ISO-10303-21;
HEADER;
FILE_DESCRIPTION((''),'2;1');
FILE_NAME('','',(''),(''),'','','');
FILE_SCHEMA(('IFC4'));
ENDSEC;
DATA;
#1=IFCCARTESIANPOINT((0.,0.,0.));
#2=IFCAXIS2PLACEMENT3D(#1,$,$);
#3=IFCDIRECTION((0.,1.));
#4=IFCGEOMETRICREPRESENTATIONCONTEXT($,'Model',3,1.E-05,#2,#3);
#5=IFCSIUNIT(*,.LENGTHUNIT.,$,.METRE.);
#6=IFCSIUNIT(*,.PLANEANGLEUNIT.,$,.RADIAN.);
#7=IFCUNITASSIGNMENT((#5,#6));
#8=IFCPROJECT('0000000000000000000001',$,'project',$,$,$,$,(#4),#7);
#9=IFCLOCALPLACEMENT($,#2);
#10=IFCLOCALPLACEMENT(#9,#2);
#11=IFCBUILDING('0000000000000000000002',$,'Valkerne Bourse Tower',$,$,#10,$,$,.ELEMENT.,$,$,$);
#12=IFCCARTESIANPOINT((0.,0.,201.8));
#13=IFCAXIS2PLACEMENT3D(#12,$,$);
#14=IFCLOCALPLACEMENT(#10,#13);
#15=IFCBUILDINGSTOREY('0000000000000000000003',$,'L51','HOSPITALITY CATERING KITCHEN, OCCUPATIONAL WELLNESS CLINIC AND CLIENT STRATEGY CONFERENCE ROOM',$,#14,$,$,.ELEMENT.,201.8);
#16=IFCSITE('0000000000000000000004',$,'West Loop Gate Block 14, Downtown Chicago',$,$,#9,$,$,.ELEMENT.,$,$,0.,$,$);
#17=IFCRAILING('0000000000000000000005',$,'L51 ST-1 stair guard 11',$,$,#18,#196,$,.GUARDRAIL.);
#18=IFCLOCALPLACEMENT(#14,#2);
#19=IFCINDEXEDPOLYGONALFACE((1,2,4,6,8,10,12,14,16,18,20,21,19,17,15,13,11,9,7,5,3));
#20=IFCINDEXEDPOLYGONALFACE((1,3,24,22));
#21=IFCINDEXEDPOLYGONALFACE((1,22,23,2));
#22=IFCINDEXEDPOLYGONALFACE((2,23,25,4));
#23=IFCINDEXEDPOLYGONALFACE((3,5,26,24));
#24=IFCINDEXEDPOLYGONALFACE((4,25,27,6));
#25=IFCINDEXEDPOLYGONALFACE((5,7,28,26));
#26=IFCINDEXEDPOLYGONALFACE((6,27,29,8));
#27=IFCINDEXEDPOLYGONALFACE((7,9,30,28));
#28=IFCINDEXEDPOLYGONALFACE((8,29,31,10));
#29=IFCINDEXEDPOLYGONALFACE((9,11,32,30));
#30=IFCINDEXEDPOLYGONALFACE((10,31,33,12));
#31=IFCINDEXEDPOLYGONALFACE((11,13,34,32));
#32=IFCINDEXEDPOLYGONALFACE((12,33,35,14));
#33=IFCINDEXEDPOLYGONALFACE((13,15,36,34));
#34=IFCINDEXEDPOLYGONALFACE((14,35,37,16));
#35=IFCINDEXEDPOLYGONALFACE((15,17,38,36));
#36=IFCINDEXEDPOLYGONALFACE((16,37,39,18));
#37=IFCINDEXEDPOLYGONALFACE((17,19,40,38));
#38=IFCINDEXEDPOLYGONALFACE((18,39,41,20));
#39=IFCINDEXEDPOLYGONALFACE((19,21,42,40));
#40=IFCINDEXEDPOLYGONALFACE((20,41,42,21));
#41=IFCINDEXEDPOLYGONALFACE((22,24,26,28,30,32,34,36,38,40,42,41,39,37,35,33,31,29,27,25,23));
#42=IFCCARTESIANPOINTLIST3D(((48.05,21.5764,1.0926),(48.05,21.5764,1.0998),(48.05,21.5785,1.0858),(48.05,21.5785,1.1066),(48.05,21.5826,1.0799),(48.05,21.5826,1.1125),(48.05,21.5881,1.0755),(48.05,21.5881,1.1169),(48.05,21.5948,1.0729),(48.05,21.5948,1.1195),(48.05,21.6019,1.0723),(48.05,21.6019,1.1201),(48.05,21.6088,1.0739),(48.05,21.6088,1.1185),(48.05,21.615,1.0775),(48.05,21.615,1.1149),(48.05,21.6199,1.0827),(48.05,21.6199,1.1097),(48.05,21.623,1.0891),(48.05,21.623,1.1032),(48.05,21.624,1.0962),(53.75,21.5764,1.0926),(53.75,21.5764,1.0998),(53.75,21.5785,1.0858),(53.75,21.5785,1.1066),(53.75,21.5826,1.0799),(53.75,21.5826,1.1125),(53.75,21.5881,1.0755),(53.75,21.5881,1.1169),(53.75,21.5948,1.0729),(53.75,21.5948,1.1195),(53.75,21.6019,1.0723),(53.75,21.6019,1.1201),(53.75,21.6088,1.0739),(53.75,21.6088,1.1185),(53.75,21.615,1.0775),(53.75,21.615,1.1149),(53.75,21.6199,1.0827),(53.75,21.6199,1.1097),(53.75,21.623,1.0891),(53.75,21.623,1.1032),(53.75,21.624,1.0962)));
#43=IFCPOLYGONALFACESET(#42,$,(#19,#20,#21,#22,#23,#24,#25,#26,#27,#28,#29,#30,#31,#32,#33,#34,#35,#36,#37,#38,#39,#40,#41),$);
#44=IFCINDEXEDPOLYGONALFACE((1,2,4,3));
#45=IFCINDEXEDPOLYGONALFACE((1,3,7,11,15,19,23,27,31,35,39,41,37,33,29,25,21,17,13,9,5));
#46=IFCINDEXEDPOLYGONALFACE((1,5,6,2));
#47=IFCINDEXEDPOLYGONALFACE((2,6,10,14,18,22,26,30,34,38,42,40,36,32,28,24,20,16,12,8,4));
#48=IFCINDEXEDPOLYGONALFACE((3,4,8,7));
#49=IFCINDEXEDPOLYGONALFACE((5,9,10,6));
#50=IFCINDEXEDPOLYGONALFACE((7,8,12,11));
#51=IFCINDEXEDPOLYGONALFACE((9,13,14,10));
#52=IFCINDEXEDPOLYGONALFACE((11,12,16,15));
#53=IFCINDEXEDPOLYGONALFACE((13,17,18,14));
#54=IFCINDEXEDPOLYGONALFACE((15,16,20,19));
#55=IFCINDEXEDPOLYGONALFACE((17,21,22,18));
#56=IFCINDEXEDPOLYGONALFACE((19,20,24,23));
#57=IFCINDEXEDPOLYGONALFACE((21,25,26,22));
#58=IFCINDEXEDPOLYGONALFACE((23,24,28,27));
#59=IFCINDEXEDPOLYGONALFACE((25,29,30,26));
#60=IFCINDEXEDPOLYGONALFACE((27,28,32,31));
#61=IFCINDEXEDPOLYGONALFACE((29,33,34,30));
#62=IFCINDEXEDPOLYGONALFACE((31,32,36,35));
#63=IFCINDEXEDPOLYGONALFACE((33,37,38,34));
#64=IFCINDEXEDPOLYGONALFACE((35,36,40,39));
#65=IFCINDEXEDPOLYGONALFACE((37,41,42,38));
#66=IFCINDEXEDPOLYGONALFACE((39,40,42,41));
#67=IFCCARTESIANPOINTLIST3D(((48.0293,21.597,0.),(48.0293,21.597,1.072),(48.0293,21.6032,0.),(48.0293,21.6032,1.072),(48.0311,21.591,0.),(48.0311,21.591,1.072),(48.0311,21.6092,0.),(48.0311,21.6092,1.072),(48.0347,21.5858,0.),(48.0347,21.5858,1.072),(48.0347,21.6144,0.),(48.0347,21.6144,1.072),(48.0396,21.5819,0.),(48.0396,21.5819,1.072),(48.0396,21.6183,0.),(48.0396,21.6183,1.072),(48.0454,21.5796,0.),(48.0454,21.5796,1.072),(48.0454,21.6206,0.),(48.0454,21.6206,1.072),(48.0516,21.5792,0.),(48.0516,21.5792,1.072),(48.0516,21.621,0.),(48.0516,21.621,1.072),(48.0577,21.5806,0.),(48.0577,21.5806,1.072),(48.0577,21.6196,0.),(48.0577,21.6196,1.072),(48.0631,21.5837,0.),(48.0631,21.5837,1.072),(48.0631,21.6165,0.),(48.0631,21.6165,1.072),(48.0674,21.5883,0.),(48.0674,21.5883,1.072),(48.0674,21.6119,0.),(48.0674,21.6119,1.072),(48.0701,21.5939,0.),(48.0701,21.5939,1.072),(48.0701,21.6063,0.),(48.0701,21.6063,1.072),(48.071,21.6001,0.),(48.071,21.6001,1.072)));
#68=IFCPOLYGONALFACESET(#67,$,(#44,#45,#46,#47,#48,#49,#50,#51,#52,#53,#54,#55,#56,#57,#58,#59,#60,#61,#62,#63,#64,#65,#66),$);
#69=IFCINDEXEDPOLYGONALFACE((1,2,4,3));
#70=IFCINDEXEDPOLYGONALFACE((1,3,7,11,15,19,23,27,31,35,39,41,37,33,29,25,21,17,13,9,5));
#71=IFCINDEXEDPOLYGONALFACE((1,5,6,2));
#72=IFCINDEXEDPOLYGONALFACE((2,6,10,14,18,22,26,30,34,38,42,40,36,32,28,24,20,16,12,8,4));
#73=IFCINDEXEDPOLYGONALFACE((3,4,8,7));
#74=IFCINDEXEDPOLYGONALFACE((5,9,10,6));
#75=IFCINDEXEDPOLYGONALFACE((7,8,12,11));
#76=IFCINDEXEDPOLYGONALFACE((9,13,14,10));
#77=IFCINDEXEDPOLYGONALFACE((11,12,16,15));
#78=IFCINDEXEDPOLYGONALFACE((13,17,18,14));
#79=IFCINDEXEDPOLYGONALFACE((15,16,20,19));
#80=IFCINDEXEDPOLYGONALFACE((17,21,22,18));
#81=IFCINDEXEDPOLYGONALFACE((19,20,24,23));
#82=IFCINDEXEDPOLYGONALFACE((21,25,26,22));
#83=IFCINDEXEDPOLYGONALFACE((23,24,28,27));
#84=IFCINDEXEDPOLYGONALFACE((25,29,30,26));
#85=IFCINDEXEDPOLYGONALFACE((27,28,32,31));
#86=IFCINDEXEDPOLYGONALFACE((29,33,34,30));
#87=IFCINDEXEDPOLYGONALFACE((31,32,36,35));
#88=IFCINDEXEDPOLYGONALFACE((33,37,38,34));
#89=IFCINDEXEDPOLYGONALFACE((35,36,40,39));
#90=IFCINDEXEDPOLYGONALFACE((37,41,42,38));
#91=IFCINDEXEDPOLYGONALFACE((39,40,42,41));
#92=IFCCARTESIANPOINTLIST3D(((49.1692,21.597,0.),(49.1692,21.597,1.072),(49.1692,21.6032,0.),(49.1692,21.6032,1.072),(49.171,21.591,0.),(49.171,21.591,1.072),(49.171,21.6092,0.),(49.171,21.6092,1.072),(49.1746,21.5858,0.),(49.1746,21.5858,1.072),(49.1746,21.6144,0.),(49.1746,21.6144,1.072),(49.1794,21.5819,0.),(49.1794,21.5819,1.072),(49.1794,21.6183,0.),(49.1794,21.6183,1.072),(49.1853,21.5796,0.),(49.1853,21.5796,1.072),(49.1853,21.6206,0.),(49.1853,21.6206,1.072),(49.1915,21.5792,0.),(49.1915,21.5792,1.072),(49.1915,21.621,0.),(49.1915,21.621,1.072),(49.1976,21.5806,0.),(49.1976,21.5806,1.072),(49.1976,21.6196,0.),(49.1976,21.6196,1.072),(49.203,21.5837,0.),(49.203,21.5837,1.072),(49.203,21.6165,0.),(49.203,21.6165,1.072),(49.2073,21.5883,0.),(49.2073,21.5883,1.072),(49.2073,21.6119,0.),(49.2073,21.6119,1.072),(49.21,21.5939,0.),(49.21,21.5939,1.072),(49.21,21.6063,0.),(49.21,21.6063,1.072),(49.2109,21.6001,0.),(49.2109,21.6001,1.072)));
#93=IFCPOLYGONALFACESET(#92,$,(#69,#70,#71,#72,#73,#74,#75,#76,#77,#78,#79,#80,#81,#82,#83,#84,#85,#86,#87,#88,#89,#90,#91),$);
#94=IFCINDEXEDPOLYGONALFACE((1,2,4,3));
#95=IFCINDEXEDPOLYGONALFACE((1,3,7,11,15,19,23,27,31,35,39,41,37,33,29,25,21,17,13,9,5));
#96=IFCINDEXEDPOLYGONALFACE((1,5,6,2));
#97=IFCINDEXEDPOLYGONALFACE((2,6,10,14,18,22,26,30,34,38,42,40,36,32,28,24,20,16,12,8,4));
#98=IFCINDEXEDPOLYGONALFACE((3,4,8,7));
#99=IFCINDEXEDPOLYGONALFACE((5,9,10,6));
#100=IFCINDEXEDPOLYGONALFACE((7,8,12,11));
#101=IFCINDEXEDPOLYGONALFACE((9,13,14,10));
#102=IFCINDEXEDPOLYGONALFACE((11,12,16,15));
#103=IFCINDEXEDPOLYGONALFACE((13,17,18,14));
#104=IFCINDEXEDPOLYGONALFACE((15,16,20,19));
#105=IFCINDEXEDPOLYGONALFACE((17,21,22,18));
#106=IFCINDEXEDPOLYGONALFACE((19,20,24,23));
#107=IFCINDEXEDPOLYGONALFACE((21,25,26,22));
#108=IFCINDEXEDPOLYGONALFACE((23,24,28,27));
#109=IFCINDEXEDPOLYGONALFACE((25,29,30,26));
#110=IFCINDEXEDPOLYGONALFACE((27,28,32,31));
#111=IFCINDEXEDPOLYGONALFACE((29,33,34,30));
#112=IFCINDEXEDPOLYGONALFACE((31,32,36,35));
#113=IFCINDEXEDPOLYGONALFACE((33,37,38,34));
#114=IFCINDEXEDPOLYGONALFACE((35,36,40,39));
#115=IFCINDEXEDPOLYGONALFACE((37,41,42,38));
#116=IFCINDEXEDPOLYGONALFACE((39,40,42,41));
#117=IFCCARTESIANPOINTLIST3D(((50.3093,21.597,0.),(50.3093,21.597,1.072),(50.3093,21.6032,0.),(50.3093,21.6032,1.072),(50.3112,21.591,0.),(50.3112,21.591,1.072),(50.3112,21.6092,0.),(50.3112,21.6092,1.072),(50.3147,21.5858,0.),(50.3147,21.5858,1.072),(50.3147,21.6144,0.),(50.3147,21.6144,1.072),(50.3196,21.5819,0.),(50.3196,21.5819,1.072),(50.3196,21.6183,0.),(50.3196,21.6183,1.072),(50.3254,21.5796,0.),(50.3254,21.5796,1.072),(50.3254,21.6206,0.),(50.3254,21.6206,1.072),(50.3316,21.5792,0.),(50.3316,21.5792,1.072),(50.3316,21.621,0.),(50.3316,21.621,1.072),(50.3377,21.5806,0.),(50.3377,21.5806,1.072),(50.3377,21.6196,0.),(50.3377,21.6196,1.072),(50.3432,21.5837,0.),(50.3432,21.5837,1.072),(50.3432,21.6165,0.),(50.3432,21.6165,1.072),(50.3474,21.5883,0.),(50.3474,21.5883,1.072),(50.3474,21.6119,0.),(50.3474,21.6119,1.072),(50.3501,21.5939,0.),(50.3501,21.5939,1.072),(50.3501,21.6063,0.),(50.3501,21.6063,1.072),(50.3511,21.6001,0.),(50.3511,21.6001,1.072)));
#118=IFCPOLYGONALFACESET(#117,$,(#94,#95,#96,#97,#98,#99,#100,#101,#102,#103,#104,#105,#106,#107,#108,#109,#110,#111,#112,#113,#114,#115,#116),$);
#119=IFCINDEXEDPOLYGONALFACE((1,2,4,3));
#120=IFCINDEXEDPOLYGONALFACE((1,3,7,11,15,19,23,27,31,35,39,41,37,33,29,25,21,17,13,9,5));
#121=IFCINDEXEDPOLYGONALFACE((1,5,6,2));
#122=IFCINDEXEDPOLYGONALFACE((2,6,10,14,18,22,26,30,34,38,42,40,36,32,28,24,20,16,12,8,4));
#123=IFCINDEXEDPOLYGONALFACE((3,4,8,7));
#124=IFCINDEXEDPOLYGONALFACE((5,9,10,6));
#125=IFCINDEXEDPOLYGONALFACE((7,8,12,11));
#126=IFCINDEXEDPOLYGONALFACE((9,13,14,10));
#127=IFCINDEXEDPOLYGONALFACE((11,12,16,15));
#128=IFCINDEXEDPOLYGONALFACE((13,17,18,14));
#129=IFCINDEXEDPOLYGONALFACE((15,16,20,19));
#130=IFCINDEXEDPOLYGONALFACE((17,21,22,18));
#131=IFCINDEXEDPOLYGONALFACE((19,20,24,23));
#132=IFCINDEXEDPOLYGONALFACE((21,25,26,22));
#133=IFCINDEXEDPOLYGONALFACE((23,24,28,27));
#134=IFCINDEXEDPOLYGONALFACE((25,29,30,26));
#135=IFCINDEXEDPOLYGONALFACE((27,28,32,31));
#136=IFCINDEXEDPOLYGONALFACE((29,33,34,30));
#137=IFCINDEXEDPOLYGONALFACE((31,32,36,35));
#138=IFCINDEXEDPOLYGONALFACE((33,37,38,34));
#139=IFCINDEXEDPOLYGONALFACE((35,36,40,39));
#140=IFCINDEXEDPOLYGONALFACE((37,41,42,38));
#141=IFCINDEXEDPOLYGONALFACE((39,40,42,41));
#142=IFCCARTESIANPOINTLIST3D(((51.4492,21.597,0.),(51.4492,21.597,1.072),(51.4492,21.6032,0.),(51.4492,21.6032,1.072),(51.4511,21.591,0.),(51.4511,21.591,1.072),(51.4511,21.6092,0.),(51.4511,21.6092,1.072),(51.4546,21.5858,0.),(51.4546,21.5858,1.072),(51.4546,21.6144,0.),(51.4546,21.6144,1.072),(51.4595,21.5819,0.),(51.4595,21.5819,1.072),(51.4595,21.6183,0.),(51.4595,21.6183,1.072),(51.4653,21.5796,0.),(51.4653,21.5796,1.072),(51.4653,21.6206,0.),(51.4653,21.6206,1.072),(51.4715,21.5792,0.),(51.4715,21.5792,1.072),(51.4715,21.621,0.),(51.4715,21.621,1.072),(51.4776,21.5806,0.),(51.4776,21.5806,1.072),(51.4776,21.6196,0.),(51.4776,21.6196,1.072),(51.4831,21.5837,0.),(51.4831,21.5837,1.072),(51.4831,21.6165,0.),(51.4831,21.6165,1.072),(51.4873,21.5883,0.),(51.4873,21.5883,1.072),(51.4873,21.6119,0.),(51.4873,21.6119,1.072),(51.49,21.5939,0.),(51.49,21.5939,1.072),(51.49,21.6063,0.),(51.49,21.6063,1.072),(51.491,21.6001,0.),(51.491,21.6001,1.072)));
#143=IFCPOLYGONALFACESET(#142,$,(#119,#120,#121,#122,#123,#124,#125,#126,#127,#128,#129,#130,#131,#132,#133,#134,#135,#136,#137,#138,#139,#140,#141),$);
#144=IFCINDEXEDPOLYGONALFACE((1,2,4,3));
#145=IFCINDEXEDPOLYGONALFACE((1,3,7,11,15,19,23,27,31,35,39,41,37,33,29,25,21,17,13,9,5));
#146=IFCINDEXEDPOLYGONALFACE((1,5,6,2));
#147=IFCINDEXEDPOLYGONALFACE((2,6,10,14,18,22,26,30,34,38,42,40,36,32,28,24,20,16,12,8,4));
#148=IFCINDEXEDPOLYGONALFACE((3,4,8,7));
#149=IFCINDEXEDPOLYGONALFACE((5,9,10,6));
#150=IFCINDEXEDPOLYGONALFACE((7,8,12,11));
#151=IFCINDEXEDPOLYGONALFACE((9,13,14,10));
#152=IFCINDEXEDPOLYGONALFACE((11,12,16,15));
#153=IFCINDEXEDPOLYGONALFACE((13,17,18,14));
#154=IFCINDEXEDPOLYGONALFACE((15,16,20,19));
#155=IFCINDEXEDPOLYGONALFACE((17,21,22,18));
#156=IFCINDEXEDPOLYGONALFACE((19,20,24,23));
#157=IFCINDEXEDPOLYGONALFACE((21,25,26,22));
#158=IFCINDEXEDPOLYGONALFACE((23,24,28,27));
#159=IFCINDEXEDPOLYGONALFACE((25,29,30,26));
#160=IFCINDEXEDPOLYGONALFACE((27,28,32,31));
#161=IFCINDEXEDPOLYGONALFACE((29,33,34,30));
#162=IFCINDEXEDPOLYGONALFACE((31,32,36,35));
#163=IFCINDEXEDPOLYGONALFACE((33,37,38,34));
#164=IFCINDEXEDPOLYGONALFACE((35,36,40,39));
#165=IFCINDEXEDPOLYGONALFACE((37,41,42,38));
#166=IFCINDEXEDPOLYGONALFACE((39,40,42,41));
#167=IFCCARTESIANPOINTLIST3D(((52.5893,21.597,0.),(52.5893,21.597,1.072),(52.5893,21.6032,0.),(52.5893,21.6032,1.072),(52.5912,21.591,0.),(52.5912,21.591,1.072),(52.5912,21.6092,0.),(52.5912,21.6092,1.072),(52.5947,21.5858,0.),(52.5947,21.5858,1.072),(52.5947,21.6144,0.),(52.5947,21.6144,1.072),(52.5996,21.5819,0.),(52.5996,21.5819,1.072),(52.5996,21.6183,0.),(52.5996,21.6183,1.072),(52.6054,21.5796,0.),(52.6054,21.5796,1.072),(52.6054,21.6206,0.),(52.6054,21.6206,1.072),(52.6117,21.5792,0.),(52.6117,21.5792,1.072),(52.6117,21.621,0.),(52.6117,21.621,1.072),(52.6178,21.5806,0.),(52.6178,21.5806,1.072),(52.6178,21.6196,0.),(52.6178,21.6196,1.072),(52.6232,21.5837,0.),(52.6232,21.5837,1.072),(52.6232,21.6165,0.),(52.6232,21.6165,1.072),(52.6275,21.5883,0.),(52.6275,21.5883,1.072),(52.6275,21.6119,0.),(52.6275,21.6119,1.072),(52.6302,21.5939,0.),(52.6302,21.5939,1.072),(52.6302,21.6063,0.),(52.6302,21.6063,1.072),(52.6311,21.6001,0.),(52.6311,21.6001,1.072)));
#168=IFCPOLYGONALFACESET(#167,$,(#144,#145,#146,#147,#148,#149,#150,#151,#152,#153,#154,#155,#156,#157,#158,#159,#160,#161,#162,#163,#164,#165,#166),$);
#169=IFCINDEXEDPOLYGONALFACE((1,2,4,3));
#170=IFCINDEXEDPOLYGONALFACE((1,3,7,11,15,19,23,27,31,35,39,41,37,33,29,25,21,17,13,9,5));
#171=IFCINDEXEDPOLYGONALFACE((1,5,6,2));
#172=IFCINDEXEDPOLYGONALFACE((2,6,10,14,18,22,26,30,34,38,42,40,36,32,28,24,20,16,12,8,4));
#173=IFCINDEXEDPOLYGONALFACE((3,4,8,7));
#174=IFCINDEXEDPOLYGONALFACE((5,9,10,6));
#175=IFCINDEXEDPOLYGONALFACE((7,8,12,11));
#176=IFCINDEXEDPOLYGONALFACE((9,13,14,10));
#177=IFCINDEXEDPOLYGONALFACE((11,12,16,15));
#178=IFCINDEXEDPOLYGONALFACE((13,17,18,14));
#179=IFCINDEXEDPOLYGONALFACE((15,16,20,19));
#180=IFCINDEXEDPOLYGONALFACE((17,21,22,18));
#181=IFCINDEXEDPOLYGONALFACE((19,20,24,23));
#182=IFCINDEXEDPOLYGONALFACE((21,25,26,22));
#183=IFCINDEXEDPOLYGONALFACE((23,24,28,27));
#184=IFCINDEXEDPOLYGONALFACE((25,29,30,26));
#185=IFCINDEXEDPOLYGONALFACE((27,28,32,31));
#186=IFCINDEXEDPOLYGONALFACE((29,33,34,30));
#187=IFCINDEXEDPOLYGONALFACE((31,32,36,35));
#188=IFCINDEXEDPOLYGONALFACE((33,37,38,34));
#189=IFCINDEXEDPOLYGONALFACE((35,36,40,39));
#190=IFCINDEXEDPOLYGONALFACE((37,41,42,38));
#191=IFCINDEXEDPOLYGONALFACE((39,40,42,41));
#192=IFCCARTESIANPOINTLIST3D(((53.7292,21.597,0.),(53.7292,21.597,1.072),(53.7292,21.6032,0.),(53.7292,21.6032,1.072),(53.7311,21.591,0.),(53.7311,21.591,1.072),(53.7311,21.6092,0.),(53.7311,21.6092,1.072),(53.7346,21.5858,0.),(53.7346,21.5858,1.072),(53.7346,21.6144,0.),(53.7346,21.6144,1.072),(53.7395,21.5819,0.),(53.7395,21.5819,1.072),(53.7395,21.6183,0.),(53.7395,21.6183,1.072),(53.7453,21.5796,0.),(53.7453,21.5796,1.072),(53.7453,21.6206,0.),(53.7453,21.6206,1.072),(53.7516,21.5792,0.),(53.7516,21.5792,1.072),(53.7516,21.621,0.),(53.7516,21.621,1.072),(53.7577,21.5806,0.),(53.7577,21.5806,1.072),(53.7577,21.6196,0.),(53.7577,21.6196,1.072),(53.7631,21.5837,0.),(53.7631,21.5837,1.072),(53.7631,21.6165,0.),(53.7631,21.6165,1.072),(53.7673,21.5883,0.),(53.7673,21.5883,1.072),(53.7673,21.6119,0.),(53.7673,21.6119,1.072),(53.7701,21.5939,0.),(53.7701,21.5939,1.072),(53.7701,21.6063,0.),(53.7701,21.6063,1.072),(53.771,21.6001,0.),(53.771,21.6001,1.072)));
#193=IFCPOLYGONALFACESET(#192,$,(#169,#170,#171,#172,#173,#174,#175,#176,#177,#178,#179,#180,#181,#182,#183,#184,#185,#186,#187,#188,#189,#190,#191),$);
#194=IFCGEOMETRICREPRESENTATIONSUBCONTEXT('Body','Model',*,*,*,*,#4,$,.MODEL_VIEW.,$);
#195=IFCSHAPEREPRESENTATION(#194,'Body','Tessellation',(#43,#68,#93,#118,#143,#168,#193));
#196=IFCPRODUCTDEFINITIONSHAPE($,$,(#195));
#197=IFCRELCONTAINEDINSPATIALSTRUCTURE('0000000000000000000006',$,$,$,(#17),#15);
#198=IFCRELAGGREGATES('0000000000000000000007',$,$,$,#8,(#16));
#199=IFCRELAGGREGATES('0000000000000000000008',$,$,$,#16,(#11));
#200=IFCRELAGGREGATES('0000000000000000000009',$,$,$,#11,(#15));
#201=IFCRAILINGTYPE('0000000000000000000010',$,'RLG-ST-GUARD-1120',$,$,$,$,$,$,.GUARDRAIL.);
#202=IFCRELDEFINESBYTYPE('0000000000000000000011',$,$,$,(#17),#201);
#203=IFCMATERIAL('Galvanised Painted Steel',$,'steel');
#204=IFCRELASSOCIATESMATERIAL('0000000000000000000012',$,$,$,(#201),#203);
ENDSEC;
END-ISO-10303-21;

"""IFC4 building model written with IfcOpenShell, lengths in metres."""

from ifc_helpers import new_model, si_unit, direction, frame, origin, origin_2d, place, context, subcontext, project, spatial, circle, extrude, material, type_object, element, save


model = new_model("IFC4")

# Units and contexts
model_context = context("Model", 3, precision=1e-05, world=origin(), true_north=direction((0.0, 1.0)))
body_context = subcontext(model_context, "Body", "Model", "MODEL_VIEW")
ifc_project = project(units=[si_unit("LENGTHUNIT", "METRE"), si_unit("PLANEANGLEUNIT", "RADIAN")], contexts=[model_context])

# Site, building, storey
site_placement = place(None, origin())
site = spatial("IfcSite", under=ifc_project, at=site_placement, Name="West Loop Gate Block 14, Downtown Chicago", CompositionType="ELEMENT", RefElevation=0.0)
building_placement = place(site_placement, origin())
building = spatial("IfcBuilding", under=site, at=building_placement, Name="Valkerne Bourse Tower", CompositionType="ELEMENT")
storey_placement = place(building_placement, frame((0.0, 0.0, 201.8)))
storey = spatial("IfcBuildingStorey", under=building, at=storey_placement, Name="L51", Description="HOSPITALITY CATERING KITCHEN, OCCUPATIONAL WELLNESS CLINIC AND CLIENT STRATEGY CONFERENCE ROOM", CompositionType="ELEMENT", Elevation=201.8)

# Shared definitions
ifc_material_1 = material(Name="Galvanised Painted Steel", Category="steel")

# Railing
railing_type_1 = type_object("IfcRailingType", Name="RLG-ST-GUARD-1120", PredefinedType="GUARDRAIL", material=ifc_material_1)
for number, where, name in (
    (1, (48.05, 21.6001, 0.0), "L51 ST-1 stair guard 11"),
):
    element("IfcRailing", number, at=place(storey_placement, frame(where)), inside=storey, type_object=railing_type_1, Name=name, PredefinedType="GUARDRAIL", context=body_context, shape_type="SweptSolid", body=[
        extrude(circle(Radius=0.0239, at=origin_2d()), frame((0.0, 0.0, 1.0962), z_axis=(1.0, 0.0, 0.0), x_axis=(0.0, 1.0, 0.0)), (0.0, 0.0, 1.0), 5.7),
        extrude(circle(Radius=0.021, at=origin_2d()), origin(), (0.0, 0.0, 1.0), 1.072),
        extrude(circle(Radius=0.021, at=origin_2d()), frame((1.1399, 0.0, 0.0)), (0.0, 0.0, 1.0), 1.072),
        extrude(circle(Radius=0.021, at=origin_2d()), frame((2.28, 0.0, 0.0)), (0.0, 0.0, 1.0), 1.072),
        extrude(circle(Radius=0.021, at=origin_2d()), frame((3.4199, 0.0, 0.0)), (0.0, 0.0, 1.0), 1.072),
        extrude(circle(Radius=0.021, at=origin_2d()), frame((4.5601, 0.0, 0.0)), (0.0, 0.0, 1.0), 1.072),
        extrude(circle(Radius=0.021, at=origin_2d()), frame((5.7, 0.0, 0.0)), (0.0, 0.0, 1.0), 1.072),
    ])

save(model, "model.ifc")
